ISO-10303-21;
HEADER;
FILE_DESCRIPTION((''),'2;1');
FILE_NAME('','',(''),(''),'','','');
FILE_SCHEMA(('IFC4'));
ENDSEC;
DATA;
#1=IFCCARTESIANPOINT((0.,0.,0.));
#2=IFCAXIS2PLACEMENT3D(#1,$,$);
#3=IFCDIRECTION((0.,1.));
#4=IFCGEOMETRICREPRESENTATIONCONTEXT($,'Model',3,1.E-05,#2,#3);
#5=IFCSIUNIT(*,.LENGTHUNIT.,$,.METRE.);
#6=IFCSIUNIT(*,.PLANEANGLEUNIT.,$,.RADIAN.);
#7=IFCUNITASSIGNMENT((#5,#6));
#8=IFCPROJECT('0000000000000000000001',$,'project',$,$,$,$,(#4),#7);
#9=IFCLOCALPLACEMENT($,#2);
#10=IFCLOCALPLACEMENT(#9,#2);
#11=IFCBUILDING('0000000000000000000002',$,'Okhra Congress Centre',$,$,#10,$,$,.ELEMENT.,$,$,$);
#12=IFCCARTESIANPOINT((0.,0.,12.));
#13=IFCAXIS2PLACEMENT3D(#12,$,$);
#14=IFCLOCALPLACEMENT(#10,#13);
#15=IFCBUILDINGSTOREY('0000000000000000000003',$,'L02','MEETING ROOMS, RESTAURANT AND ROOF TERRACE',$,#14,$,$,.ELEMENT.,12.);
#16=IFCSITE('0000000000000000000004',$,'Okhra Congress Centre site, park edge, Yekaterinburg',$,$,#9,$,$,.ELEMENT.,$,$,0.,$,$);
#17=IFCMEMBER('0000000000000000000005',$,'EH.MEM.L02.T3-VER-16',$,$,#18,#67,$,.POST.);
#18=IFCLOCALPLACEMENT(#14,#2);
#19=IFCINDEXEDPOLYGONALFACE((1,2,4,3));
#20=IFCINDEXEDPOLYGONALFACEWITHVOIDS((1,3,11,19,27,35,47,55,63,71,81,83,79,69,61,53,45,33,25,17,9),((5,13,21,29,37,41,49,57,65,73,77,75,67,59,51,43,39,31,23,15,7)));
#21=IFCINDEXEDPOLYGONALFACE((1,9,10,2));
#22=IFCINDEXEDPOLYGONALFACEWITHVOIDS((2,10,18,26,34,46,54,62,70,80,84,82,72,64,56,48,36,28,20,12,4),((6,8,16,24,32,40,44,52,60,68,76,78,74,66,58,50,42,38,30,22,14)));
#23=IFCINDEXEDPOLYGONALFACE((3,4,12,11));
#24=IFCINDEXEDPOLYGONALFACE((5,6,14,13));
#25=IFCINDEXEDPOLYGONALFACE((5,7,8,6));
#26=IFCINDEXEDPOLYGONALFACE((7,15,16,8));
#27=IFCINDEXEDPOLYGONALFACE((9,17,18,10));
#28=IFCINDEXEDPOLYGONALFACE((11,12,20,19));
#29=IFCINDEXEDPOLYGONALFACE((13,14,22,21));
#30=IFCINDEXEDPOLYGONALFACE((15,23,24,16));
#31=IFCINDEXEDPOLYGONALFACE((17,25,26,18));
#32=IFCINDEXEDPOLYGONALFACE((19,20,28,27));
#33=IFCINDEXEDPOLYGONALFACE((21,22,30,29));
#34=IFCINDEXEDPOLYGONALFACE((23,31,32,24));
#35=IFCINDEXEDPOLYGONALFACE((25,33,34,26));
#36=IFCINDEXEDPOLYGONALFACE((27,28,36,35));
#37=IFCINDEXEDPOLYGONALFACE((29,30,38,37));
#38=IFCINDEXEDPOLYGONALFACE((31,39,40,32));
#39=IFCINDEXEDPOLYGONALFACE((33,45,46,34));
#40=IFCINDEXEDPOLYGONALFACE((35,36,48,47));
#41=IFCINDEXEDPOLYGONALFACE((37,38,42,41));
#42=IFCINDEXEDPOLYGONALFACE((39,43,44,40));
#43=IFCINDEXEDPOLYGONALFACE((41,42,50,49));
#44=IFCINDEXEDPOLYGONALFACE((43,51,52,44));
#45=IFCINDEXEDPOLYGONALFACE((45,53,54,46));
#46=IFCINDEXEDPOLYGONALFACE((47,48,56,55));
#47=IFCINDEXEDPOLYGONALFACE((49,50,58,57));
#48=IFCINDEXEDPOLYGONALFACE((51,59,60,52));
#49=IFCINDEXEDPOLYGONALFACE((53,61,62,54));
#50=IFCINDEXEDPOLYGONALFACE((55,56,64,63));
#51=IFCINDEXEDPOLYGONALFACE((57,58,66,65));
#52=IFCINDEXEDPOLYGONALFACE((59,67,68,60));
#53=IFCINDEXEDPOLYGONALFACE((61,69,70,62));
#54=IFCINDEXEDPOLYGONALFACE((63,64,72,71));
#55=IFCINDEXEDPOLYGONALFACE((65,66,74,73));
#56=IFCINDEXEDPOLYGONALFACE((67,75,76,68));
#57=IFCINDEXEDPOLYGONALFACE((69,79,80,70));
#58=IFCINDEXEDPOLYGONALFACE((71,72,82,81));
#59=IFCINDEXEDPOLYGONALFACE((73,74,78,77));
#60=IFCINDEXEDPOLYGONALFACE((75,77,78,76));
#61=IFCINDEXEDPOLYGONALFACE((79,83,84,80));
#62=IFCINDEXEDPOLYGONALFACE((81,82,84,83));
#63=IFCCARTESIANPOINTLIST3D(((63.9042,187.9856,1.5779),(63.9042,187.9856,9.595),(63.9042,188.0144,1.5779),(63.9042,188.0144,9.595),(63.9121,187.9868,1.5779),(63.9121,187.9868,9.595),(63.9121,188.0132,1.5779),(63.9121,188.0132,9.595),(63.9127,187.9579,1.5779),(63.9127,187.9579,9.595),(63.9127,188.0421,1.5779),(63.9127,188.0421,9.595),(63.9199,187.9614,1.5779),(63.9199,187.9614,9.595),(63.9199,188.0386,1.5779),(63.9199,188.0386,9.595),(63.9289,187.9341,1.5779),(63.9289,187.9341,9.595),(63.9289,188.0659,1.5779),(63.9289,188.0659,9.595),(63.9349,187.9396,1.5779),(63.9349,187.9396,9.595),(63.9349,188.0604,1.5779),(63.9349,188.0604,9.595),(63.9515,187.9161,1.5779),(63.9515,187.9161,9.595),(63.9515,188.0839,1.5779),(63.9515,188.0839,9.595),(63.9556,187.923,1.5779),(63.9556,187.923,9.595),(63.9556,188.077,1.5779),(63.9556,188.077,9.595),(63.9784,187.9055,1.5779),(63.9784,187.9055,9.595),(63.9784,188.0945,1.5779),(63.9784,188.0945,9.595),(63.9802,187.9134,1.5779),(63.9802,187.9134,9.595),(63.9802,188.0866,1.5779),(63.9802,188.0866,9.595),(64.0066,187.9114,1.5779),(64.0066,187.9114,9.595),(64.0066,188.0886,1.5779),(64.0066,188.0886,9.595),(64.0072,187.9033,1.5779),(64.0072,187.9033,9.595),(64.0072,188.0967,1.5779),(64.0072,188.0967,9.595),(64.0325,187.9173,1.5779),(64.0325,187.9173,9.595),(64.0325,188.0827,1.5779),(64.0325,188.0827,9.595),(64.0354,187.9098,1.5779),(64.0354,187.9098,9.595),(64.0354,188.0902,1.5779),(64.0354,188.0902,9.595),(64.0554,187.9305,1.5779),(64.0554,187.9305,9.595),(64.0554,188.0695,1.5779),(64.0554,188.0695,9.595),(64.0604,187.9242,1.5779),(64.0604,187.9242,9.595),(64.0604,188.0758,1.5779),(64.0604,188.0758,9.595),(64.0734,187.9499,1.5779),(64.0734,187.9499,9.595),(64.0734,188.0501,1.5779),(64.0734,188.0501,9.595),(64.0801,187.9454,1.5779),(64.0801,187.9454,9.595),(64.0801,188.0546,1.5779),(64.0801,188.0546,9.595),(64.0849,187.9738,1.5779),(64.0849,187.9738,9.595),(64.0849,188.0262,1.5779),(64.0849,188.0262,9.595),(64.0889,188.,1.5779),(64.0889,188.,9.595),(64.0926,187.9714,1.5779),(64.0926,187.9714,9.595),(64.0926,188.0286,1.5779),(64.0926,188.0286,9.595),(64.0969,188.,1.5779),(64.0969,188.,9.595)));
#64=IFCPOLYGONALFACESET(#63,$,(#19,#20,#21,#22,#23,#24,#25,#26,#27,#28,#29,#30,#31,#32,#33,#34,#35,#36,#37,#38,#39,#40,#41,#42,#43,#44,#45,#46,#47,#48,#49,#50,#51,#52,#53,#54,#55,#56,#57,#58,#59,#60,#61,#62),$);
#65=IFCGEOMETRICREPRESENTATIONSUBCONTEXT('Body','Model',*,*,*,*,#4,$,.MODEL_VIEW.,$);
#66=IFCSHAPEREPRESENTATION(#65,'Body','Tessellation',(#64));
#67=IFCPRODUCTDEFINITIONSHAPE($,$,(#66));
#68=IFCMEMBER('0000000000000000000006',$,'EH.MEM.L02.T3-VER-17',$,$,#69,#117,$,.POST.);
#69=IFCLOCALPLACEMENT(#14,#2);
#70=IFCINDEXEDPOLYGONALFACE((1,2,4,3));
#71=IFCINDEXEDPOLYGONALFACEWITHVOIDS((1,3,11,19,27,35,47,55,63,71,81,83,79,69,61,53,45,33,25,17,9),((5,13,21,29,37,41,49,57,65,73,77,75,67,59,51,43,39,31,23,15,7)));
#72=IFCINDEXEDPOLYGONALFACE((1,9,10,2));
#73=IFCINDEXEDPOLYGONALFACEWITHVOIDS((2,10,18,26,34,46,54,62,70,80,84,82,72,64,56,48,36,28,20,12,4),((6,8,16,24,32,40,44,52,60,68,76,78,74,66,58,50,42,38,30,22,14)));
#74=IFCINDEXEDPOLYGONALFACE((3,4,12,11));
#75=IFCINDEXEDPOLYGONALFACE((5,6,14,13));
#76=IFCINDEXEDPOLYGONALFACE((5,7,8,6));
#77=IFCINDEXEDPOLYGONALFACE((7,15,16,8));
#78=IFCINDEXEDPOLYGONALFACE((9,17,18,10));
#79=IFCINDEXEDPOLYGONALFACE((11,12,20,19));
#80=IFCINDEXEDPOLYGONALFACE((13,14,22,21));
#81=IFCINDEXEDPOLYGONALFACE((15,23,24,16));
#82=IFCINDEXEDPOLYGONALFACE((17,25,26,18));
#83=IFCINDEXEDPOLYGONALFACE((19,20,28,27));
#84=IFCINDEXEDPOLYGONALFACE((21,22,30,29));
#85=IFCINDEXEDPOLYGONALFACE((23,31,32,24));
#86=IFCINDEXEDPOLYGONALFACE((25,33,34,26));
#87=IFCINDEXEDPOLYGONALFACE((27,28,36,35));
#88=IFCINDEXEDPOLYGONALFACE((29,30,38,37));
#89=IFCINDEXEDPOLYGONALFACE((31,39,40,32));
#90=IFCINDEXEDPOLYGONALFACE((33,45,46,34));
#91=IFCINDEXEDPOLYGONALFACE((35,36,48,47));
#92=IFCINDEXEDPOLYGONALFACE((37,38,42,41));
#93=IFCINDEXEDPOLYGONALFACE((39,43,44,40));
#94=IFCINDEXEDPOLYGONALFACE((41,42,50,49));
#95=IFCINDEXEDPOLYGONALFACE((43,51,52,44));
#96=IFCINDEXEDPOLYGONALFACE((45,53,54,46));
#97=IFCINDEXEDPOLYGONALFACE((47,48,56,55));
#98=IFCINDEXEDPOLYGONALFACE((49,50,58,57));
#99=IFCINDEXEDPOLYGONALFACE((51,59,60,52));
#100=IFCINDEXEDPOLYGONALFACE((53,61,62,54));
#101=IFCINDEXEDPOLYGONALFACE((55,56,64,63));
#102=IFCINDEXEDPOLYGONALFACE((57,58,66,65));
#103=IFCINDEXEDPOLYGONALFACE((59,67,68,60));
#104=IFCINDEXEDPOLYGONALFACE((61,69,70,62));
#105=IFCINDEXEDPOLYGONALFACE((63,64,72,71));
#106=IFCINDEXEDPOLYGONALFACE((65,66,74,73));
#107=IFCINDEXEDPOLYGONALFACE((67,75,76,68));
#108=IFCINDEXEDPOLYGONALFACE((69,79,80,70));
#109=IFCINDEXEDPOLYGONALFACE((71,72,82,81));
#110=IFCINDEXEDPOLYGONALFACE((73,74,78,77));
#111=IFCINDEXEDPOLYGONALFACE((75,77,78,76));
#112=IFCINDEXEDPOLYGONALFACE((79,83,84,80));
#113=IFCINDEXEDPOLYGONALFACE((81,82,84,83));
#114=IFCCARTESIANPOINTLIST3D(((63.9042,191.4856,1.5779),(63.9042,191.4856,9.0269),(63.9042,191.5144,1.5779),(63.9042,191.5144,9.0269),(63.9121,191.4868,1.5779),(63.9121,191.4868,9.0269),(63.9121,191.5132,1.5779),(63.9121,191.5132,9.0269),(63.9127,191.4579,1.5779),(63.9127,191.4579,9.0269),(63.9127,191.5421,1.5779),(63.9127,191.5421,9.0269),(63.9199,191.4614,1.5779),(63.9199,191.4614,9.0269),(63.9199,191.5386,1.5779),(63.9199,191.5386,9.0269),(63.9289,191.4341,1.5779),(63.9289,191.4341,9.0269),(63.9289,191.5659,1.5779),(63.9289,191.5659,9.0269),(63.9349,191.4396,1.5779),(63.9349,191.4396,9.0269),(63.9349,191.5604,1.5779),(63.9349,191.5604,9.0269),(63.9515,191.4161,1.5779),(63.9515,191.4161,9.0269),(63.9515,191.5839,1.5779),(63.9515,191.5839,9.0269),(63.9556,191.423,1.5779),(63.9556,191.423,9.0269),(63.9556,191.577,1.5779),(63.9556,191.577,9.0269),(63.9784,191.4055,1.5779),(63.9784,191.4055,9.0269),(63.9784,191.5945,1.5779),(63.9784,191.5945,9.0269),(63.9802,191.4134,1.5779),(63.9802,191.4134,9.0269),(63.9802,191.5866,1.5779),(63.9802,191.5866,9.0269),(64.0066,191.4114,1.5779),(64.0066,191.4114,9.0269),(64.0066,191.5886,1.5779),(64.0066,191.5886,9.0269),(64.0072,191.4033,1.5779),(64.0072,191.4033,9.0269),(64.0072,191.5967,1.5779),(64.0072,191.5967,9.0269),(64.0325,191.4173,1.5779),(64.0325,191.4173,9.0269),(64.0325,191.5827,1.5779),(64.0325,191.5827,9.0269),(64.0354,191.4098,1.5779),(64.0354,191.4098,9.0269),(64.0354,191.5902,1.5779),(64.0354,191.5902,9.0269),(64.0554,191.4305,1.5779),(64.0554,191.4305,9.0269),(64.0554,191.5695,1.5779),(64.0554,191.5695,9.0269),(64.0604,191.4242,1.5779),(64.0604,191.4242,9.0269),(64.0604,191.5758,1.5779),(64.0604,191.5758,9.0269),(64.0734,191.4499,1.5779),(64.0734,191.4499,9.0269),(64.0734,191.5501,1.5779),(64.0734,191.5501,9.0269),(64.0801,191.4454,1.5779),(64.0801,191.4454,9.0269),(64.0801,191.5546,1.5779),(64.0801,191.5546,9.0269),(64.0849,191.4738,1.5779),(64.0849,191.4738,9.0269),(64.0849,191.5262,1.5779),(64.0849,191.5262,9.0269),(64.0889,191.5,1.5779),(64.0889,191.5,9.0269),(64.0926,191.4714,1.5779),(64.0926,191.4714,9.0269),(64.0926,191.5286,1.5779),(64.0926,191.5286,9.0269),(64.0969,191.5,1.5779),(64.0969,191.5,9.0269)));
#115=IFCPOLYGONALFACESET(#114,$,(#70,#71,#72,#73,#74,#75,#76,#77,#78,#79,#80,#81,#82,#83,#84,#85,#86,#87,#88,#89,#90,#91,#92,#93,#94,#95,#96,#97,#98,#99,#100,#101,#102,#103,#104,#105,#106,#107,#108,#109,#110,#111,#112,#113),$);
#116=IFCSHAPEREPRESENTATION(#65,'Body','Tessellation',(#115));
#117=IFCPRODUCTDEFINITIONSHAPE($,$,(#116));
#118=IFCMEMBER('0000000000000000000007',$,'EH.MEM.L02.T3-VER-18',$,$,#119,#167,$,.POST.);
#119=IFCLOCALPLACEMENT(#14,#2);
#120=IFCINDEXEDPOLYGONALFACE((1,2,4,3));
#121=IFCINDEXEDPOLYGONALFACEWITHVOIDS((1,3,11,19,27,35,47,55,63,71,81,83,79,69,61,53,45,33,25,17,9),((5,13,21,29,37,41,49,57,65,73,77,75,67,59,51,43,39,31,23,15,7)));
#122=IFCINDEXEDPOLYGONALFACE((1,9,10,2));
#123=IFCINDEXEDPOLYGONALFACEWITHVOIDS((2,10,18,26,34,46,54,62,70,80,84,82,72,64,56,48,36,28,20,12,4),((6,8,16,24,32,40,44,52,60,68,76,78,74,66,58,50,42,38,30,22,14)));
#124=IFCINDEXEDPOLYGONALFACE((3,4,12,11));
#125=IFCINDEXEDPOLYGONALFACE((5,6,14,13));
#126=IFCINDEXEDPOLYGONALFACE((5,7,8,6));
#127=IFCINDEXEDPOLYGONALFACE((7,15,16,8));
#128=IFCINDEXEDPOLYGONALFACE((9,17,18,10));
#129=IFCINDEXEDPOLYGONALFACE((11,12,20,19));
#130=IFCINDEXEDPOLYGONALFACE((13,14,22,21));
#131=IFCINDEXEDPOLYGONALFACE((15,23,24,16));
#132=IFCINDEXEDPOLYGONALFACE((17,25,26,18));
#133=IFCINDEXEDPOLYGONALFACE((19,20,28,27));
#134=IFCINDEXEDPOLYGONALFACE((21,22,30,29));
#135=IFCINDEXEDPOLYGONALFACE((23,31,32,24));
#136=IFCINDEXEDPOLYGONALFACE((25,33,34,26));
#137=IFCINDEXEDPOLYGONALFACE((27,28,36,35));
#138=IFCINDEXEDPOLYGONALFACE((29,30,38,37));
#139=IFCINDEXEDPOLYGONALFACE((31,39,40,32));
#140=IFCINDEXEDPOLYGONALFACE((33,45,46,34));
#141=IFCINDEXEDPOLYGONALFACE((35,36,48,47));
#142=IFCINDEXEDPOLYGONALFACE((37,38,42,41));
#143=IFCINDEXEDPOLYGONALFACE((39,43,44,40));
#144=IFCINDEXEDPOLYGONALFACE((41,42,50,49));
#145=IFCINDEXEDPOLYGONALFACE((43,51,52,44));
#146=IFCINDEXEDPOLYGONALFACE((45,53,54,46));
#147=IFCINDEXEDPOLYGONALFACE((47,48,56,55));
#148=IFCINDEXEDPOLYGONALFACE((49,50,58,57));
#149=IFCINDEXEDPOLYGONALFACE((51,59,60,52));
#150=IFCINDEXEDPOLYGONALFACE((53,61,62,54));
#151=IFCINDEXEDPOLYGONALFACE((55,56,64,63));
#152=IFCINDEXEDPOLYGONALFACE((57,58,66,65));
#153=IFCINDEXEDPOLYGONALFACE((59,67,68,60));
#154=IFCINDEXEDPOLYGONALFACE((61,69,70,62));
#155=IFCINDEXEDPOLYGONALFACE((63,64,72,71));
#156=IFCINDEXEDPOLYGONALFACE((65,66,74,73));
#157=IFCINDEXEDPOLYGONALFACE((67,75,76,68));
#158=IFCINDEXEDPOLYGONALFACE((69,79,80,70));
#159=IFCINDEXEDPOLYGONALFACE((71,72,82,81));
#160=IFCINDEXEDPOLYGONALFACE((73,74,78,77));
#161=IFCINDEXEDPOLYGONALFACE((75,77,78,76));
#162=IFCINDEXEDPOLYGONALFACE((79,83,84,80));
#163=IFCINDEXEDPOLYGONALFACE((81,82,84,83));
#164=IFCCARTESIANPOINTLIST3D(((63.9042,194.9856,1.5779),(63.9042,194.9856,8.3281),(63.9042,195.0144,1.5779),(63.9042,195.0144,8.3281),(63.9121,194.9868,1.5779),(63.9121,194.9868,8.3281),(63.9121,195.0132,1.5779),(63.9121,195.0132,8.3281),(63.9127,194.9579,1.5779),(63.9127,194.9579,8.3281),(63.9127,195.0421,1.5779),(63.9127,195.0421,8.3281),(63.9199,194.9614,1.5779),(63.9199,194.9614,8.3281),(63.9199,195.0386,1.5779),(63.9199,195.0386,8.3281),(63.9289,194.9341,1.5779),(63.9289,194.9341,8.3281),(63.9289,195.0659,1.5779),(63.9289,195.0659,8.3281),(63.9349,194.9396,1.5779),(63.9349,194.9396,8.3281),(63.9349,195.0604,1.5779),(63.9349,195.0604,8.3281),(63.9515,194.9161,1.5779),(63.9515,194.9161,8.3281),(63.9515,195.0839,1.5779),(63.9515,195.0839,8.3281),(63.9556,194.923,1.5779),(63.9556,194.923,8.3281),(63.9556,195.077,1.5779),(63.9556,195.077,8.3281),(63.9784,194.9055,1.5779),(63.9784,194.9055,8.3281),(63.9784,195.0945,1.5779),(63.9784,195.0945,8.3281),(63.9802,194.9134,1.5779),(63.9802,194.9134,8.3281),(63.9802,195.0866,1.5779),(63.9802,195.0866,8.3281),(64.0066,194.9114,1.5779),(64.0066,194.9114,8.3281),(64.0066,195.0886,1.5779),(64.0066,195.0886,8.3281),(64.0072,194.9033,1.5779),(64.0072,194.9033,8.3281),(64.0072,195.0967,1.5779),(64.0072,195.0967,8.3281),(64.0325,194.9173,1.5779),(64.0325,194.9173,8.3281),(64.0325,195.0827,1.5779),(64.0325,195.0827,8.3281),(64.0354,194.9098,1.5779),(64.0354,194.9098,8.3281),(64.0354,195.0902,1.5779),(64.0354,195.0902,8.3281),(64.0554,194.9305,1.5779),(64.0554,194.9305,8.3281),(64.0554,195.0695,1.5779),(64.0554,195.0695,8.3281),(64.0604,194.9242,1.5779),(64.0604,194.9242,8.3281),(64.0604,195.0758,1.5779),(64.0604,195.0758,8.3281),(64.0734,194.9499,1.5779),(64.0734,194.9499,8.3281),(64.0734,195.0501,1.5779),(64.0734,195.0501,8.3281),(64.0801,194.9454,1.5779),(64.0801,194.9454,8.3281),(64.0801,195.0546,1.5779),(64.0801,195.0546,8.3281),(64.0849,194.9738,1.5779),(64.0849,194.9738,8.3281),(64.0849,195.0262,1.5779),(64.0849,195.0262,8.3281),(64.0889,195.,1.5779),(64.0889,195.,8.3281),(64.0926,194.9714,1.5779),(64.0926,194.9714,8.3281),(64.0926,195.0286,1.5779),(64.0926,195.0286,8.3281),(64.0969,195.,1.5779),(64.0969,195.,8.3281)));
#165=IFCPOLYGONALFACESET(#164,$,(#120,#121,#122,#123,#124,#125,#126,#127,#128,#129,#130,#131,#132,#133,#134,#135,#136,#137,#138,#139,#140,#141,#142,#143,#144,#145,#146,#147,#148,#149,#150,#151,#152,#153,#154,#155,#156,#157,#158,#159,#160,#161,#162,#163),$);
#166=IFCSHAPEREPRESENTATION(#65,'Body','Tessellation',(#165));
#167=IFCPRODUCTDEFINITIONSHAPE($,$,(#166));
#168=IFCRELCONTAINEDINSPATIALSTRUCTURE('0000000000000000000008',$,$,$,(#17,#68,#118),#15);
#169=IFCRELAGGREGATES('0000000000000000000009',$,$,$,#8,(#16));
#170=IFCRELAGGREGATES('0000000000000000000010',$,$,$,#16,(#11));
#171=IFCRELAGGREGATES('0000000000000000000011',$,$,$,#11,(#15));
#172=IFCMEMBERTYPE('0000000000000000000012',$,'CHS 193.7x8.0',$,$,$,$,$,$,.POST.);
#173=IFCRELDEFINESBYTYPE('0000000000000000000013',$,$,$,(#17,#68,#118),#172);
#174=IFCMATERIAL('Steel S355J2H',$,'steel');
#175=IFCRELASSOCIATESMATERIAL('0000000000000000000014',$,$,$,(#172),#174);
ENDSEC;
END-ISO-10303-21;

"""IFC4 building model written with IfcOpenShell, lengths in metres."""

from ifc_helpers import new_model, si_unit, direction, frame, origin, origin_2d, place, context, subcontext, project, spatial, hollow_circle, extrude, material, material_profile, profile_set, type_object, element, save


model = new_model("IFC4")

# Units and contexts
model_context = context("Model", 3, precision=1e-05, world=origin(), true_north=direction((0.0, 1.0)))
body_context = subcontext(model_context, "Body", "Model", "MODEL_VIEW")
ifc_project = project(units=[si_unit("LENGTHUNIT", "METRE"), si_unit("PLANEANGLEUNIT", "RADIAN")], contexts=[model_context])

# Site, building, storey
site_placement = place(None, origin())
site = spatial("IfcSite", under=ifc_project, at=site_placement, Name="Okhra Congress Centre site, park edge, Yekaterinburg", CompositionType="ELEMENT", RefElevation=0.0)
building_placement = place(site_placement, origin())
building = spatial("IfcBuilding", under=site, at=building_placement, Name="Okhra Congress Centre", CompositionType="ELEMENT")
storey_placement = place(building_placement, frame((0.0, 0.0, 12.0)))
storey = spatial("IfcBuildingStorey", under=building, at=storey_placement, Name="L02", Description="MEETING ROOMS, RESTAURANT AND ROOF TERRACE", CompositionType="ELEMENT", Elevation=12.0)

# Members
ifc_material_1 = material(Name="Steel S355J2H", Category="steel")
ifc_material_profile_1 = material_profile(ifc_material_1, hollow_circle(Radius=0.0969, WallThickness=0.0081, at=origin_2d()), Name="CHS 193.7x8.0")
ifc_profile_set_1 = profile_set([ifc_material_profile_1], Name="Steel S355J2H")
member_type_1 = type_object("IfcMemberType", Name="CHS 193.7x8.0", PredefinedType="POST", material=ifc_profile_set_1)
member_1_placement = place(storey_placement, frame((64.0, 188.0, 1.5779), z_axis=(0.0, 0.0, 1.0), x_axis=(1.0, 0.0, 0.0)))
element("IfcMember", 1, at=member_1_placement, inside=storey, type_object=member_type_1, Name="EH.MEM.L02.T3-VER-16", PredefinedType="POST", context=body_context, shape_type="SweptSolid", body=[
    extrude(hollow_circle(Radius=0.0969, WallThickness=0.0081, at=origin_2d()), origin(), (0.0, 0.0, 1.0), 8.0171),
])
member_2_placement = place(storey_placement, frame((64.0, 191.5, 1.5779), z_axis=(0.0, 0.0, 1.0), x_axis=(1.0, 0.0, 0.0)))
element("IfcMember", 2, at=member_2_placement, inside=storey, type_object=member_type_1, Name="EH.MEM.L02.T3-VER-17", PredefinedType="POST", context=body_context, shape_type="SweptSolid", body=[
    extrude(hollow_circle(Radius=0.0969, WallThickness=0.0081, at=origin_2d()), origin(), (0.0, 0.0, 1.0), 7.449),
])
member_3_placement = place(storey_placement, frame((64.0, 195.0, 1.5779), z_axis=(0.0, 0.0, 1.0), x_axis=(1.0, 0.0, 0.0)))
element("IfcMember", 3, at=member_3_placement, inside=storey, type_object=member_type_1, Name="EH.MEM.L02.T3-VER-18", PredefinedType="POST", context=body_context, shape_type="SweptSolid", body=[
    extrude(hollow_circle(Radius=0.0969, WallThickness=0.0081, at=origin_2d()), origin(), (0.0, 0.0, 1.0), 6.7502),
])

save(model, "model.ifc")
